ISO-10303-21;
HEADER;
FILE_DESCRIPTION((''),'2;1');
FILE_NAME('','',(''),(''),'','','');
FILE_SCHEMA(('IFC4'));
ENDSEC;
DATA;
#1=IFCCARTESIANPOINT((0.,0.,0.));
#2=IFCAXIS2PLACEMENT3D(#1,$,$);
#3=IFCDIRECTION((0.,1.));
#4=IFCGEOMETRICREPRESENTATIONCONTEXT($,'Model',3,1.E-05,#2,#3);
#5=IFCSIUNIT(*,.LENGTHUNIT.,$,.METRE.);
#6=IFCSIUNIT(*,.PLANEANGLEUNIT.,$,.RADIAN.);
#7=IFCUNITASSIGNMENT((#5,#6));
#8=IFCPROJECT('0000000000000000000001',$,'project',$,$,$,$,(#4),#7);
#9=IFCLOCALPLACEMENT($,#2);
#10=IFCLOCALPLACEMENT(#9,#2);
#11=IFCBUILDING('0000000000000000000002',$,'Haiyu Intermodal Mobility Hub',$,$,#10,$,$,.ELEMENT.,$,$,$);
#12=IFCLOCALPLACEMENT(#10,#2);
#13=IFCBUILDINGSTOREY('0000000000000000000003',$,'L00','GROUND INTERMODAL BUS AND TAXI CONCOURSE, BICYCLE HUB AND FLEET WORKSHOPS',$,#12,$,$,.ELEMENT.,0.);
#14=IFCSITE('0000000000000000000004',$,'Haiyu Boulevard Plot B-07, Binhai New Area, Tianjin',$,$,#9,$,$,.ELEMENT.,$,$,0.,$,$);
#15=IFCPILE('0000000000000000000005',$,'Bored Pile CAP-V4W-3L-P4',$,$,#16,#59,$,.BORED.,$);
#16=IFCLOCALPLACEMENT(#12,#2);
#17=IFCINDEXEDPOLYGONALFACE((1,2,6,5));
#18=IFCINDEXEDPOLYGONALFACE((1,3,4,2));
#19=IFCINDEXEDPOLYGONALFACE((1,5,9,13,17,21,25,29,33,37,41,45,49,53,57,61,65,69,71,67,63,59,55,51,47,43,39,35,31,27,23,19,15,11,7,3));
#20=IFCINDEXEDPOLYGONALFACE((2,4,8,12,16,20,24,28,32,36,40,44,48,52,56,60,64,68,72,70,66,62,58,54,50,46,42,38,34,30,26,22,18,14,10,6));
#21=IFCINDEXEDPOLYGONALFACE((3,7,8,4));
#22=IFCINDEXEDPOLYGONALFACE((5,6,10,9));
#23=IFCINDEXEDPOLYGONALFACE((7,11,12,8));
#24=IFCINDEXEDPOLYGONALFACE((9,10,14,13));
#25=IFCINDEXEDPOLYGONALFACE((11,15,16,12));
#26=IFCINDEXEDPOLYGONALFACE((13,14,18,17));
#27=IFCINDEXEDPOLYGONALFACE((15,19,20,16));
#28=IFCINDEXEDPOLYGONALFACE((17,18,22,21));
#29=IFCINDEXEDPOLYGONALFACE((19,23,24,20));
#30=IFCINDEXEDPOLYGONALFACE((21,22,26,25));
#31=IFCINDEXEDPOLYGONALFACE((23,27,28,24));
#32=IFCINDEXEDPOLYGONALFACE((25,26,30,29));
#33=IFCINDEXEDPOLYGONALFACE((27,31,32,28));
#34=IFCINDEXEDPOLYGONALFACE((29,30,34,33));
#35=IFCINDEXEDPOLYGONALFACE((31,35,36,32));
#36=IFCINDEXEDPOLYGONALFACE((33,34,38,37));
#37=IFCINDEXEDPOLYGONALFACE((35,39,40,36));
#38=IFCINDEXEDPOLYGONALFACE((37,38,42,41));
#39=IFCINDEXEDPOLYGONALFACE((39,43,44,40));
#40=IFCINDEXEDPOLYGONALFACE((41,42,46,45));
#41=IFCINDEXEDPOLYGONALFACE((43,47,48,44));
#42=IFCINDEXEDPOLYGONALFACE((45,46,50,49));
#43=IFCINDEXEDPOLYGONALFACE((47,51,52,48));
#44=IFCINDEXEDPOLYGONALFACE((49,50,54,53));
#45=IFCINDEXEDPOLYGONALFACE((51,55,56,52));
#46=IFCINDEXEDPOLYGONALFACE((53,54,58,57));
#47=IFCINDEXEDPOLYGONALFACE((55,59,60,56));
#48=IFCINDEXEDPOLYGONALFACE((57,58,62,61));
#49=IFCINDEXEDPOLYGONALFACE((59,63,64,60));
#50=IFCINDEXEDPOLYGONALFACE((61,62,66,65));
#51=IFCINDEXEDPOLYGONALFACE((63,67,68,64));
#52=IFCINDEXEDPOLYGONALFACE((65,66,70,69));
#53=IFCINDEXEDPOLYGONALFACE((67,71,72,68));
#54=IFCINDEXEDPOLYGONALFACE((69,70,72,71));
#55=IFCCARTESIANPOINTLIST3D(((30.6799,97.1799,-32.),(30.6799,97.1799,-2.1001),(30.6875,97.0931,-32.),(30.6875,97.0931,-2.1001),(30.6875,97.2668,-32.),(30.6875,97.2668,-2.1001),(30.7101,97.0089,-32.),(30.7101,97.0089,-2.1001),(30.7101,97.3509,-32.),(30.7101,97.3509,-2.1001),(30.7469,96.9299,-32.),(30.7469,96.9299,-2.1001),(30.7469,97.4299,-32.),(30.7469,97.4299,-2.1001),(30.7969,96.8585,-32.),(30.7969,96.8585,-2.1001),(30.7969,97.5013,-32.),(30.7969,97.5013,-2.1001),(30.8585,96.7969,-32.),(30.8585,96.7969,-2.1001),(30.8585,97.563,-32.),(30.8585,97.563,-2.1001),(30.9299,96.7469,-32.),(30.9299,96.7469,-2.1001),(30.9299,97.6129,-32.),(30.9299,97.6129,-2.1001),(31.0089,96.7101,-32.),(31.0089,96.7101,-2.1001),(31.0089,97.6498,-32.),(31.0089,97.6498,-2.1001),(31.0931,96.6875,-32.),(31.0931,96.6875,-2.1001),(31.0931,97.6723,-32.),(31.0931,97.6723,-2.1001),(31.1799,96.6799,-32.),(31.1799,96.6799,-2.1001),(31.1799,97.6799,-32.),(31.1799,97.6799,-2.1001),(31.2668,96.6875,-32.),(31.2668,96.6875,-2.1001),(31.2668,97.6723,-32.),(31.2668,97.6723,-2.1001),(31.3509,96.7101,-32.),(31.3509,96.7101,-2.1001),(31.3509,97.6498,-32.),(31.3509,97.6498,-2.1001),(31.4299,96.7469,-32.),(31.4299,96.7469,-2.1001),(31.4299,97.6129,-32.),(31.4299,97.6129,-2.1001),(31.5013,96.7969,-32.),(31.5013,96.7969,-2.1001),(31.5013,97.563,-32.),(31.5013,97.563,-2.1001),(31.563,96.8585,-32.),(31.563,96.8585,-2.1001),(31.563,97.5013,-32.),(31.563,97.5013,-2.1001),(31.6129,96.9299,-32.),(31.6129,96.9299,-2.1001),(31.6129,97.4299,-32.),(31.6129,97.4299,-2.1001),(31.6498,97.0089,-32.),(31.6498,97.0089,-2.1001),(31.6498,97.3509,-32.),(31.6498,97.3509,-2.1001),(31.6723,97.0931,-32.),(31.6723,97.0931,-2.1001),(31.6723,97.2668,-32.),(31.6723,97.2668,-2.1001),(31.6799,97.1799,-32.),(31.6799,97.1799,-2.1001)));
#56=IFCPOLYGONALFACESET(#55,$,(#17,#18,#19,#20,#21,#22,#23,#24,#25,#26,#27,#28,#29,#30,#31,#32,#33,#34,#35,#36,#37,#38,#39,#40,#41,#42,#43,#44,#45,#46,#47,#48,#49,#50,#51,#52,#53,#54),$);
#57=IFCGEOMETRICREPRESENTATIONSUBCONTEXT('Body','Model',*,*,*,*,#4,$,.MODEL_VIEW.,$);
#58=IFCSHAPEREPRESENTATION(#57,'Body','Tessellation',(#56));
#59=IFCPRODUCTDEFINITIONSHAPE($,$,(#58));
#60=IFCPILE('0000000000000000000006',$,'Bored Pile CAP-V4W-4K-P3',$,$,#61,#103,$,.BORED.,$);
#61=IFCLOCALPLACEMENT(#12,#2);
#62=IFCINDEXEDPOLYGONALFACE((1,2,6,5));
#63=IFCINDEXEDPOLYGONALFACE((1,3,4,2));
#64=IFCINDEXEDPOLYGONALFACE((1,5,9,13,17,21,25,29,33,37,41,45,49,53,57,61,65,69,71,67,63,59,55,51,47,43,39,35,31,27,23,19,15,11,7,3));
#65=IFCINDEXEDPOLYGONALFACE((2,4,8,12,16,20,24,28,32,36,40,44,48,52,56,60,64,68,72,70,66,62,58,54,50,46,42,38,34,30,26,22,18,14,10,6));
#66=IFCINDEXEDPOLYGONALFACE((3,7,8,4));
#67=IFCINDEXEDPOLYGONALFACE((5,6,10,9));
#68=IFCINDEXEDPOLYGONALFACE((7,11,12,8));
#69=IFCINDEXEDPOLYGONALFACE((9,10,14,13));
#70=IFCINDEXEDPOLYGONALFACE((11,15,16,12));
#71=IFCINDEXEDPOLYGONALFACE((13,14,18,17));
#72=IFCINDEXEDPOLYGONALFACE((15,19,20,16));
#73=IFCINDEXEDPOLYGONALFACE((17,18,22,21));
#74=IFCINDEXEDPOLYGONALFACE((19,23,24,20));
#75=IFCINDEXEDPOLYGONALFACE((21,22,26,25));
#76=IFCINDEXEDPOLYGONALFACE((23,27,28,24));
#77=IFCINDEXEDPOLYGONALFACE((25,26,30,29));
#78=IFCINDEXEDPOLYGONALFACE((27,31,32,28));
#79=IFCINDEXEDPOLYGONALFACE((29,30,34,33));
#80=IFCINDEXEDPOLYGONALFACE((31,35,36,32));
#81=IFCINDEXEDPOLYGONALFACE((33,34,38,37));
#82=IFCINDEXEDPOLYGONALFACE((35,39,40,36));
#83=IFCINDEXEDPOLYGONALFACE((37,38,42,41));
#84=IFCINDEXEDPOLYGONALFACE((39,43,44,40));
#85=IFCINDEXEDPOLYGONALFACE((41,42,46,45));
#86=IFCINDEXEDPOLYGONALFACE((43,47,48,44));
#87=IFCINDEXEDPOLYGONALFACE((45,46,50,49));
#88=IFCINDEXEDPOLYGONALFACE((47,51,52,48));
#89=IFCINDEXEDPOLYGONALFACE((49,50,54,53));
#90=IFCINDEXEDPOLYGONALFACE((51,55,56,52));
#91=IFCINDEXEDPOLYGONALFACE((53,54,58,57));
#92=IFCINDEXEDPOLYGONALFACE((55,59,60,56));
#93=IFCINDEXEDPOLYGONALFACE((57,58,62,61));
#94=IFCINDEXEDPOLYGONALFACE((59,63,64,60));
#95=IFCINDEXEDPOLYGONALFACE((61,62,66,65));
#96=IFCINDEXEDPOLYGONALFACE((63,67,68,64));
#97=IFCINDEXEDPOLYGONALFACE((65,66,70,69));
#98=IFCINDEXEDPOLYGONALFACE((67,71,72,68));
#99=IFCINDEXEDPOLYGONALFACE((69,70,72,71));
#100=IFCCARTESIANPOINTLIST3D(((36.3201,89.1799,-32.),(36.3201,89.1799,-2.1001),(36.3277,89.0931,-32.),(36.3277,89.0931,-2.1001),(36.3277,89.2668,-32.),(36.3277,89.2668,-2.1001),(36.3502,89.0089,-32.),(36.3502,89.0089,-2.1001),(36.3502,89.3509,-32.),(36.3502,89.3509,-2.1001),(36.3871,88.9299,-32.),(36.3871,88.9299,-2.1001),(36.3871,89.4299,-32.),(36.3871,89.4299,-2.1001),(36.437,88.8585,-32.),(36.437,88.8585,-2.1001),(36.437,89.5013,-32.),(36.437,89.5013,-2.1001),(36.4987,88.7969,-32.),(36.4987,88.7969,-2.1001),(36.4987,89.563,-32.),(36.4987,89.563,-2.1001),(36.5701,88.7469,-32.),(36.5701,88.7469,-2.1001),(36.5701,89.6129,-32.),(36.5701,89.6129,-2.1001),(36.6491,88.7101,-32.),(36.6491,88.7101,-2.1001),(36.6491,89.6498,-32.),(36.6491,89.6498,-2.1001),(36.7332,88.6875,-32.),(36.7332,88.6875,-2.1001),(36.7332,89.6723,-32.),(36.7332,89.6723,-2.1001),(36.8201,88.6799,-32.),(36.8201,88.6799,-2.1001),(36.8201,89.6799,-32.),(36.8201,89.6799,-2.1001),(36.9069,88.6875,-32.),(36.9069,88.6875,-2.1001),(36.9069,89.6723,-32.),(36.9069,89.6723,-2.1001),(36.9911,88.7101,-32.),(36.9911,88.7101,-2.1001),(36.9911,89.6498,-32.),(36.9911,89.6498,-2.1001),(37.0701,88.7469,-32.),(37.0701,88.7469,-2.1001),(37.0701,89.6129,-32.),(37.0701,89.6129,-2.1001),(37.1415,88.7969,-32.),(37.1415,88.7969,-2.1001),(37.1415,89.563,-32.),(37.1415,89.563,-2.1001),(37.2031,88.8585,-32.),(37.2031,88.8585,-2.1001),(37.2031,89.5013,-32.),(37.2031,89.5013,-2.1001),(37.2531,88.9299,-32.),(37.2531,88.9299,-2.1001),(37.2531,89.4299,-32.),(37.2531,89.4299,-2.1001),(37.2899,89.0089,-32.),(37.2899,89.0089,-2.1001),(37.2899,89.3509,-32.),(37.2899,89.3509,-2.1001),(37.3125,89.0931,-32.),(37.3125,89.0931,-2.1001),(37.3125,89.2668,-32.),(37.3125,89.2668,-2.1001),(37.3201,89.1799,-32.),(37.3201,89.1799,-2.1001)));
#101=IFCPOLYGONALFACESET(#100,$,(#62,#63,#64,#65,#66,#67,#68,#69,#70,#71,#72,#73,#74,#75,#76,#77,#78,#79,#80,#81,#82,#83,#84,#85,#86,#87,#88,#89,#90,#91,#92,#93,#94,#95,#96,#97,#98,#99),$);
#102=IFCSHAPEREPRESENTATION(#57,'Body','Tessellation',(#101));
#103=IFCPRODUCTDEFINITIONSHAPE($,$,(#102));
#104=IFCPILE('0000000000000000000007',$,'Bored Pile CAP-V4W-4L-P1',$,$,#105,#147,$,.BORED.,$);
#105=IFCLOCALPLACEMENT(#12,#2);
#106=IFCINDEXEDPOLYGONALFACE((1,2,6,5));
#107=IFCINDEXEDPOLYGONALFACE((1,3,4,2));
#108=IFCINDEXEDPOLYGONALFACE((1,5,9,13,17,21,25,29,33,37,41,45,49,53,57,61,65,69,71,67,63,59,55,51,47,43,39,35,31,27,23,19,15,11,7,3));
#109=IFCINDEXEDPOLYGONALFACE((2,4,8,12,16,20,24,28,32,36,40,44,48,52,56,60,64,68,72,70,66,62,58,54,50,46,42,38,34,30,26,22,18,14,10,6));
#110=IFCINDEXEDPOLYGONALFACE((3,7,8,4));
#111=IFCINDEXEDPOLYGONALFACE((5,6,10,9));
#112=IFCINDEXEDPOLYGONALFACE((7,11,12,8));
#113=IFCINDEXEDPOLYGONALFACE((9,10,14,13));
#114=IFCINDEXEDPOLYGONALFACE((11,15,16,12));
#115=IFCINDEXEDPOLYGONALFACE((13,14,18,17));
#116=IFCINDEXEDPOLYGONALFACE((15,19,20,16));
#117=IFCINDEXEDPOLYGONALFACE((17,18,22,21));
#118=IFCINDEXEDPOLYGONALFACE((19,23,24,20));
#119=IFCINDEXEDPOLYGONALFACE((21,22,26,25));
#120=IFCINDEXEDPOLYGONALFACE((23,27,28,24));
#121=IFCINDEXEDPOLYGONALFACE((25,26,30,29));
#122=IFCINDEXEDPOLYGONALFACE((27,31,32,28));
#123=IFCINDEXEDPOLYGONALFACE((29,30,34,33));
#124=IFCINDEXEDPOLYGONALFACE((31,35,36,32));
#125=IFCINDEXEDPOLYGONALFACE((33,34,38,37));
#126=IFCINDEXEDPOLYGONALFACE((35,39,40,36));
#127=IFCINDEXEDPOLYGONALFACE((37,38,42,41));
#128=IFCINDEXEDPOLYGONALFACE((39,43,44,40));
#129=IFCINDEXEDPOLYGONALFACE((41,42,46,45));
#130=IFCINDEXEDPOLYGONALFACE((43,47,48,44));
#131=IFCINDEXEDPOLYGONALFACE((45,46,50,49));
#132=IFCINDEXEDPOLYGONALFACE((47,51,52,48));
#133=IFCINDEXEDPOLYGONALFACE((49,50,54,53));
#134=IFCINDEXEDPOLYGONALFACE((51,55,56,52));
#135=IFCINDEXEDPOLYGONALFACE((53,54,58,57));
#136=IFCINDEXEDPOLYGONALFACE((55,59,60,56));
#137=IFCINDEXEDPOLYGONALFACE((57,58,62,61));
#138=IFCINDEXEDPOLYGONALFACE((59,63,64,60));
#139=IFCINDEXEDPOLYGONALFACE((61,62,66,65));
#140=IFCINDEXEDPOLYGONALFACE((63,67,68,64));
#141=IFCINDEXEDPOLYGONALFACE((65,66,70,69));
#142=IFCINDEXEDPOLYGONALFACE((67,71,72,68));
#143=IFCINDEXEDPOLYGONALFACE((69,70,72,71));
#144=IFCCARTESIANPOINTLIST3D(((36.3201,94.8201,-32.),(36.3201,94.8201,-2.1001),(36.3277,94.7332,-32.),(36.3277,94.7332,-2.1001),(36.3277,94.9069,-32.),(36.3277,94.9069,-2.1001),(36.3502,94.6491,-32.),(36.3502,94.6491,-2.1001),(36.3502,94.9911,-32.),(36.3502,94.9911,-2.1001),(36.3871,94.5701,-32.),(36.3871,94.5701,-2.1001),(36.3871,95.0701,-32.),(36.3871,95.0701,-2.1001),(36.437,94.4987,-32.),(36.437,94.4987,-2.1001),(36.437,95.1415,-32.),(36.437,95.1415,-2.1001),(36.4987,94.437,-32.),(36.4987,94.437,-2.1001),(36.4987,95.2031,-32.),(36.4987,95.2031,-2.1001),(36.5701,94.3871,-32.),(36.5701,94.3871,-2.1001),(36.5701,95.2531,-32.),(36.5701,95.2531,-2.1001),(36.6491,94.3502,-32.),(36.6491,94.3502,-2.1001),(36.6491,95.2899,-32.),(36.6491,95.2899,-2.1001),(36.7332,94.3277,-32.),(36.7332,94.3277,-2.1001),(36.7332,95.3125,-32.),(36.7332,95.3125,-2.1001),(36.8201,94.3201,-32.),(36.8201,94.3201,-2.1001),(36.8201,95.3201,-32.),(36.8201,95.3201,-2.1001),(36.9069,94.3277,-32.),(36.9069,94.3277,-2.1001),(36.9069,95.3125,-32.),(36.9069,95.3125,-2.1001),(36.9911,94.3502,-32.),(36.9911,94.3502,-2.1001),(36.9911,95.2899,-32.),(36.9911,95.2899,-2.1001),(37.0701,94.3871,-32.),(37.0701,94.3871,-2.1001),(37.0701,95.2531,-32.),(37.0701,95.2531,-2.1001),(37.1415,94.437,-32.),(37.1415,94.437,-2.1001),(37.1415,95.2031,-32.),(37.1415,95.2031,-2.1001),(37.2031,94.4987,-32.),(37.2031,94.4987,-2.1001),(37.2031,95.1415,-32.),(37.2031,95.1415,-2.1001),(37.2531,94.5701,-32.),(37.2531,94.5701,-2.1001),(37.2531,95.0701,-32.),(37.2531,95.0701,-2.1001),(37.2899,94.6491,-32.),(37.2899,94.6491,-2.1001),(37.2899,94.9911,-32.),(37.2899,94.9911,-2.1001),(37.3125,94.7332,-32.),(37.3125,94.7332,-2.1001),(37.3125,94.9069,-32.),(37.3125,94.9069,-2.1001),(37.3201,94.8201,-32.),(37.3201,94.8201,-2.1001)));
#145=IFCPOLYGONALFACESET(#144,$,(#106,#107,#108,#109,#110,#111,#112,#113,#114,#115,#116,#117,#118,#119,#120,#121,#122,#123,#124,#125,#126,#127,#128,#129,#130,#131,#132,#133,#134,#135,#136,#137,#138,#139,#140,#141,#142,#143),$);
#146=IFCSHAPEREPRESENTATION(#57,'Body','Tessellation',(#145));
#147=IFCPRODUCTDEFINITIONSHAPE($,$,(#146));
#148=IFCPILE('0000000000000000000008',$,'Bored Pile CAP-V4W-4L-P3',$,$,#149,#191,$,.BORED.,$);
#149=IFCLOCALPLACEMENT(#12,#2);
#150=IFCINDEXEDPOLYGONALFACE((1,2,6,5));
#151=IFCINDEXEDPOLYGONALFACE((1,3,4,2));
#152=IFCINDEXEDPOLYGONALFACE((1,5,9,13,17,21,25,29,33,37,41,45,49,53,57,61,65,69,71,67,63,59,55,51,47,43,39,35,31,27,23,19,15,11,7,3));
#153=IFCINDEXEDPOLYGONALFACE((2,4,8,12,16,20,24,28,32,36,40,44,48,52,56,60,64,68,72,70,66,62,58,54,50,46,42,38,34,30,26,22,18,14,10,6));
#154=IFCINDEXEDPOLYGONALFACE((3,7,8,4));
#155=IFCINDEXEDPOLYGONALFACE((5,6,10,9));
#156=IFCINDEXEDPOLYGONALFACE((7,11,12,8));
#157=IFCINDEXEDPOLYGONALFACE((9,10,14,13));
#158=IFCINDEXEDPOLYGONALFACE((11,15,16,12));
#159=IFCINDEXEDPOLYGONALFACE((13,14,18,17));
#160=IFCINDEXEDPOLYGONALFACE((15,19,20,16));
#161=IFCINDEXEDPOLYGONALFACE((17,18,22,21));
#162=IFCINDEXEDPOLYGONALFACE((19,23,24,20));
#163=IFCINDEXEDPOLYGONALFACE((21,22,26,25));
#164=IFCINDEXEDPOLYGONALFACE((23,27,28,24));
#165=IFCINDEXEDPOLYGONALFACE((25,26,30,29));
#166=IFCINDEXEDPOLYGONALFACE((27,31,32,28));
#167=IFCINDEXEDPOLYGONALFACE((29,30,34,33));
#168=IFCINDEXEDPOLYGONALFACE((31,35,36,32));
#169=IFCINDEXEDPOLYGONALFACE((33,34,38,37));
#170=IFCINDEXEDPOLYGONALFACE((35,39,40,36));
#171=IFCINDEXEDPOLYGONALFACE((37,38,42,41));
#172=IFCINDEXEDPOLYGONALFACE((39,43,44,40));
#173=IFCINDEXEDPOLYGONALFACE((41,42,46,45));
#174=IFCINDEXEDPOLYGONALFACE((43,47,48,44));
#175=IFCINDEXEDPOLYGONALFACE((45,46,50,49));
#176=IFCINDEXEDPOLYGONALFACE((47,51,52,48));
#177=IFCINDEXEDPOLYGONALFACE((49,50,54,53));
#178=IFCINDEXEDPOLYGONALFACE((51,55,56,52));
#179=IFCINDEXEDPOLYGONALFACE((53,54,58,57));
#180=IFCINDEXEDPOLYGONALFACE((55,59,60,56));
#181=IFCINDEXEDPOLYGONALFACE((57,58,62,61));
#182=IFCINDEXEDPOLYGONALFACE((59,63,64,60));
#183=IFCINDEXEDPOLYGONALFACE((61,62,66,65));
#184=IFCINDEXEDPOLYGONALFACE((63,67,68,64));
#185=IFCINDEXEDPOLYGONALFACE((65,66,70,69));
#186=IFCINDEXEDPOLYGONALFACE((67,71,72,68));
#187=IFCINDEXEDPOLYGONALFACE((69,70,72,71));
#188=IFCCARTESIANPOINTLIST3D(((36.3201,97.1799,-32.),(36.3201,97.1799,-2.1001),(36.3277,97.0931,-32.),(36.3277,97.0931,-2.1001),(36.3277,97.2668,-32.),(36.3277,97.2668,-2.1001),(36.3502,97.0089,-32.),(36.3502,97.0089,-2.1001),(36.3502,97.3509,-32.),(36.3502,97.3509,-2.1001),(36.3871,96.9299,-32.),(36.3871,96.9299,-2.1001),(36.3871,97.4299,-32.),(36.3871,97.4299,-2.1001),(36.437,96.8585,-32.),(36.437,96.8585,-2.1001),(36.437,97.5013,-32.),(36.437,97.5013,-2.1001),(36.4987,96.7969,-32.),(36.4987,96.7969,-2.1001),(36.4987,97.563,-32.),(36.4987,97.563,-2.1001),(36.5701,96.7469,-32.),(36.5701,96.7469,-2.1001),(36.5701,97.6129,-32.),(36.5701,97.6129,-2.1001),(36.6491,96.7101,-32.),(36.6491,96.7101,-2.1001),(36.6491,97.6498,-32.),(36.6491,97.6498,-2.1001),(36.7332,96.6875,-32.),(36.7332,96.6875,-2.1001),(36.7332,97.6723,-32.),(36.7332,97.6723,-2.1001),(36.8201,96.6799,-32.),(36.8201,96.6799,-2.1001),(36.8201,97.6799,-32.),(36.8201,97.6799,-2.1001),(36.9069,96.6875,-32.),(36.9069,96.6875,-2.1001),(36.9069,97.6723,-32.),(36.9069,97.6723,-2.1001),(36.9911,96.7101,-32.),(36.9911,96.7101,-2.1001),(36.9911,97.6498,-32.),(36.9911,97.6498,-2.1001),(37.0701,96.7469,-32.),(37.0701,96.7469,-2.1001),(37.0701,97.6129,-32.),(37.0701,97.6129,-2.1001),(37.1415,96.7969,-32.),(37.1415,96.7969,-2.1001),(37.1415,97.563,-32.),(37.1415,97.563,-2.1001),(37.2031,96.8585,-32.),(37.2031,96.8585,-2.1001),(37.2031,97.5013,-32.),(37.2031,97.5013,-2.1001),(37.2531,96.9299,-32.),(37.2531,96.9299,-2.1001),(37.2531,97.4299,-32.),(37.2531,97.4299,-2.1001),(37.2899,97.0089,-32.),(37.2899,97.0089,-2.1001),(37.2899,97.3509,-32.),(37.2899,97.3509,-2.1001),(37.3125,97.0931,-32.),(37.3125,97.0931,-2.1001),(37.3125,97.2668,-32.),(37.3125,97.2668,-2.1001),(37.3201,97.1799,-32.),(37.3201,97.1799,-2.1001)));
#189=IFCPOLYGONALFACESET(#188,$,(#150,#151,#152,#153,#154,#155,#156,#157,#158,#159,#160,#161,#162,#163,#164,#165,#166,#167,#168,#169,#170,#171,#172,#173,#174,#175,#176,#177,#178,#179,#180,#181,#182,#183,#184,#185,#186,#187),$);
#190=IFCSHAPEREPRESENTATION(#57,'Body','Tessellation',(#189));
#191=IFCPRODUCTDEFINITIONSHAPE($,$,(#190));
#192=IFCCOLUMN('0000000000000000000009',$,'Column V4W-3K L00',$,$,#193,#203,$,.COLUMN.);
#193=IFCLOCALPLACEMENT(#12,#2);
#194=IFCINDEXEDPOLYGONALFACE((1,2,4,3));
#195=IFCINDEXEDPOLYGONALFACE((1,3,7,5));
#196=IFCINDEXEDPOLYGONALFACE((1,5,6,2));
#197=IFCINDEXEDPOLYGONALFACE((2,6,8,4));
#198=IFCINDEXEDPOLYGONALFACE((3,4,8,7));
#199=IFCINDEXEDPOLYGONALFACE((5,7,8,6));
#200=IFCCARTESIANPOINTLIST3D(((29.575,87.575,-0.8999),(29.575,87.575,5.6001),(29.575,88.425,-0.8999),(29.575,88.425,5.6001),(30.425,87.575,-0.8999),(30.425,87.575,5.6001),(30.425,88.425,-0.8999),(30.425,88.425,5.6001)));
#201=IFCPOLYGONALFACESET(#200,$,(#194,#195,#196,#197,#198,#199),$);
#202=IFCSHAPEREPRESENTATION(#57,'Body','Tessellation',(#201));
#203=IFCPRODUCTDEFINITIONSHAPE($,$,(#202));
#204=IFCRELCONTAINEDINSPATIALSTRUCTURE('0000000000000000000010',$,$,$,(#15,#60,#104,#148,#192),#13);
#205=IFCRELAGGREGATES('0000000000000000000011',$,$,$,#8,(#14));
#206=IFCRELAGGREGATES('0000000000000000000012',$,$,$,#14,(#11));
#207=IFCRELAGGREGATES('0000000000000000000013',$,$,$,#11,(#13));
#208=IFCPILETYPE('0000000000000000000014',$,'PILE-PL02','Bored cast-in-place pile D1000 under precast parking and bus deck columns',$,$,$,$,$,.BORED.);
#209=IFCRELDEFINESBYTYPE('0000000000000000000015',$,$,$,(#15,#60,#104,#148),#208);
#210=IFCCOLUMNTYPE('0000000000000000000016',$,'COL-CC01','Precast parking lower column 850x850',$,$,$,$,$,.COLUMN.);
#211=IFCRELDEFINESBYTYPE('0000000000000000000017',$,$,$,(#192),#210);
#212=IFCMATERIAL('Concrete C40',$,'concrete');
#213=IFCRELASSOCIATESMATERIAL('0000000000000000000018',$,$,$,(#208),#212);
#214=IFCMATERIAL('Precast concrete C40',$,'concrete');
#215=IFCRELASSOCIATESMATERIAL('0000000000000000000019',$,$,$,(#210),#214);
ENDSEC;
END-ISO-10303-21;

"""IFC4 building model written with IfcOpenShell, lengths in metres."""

from ifc_helpers import new_model, si_unit, direction, frame, origin, origin_2d, place, context, subcontext, project, spatial, rectangle, circle, extrude, material, material_profile, profile_set, type_object, element, save


model = new_model("IFC4")

# Units and contexts
model_context = context("Model", 3, precision=1e-05, world=origin(), true_north=direction((0.0, 1.0)))
body_context = subcontext(model_context, "Body", "Model", "MODEL_VIEW")
ifc_project = project(units=[si_unit("LENGTHUNIT", "METRE"), si_unit("PLANEANGLEUNIT", "RADIAN")], contexts=[model_context])

# Site, building, storey
site_placement = place(None, origin())
site = spatial("IfcSite", under=ifc_project, at=site_placement, Name="Haiyu Boulevard Plot B-07, Binhai New Area, Tianjin", CompositionType="ELEMENT", RefElevation=0.0)
building_placement = place(site_placement, origin())
building = spatial("IfcBuilding", under=site, at=building_placement, Name="Haiyu Intermodal Mobility Hub", CompositionType="ELEMENT")
storey_placement = place(building_placement, origin())
storey = spatial("IfcBuildingStorey", under=building, at=storey_placement, Name="L00", Description="GROUND INTERMODAL BUS AND TAXI CONCOURSE, BICYCLE HUB AND FLEET WORKSHOPS", CompositionType="ELEMENT", Elevation=0.0)

# Shared definitions
ifc_material_1 = material(Name="Concrete C40", Category="concrete")

# Piles
ifc_material_profile_1 = material_profile(ifc_material_1, circle(Radius=0.5, at=origin_2d()), Name="PILE-D1000")
ifc_profile_set_1 = profile_set([ifc_material_profile_1], Name="Concrete C40")
pile_type = type_object("IfcPileType", Name="PILE-PL02", Description="Bored cast-in-place pile D1000 under precast parking and bus deck columns", PredefinedType="BORED", material=ifc_profile_set_1)
for number, where, z_axis, x_axis, name in (
    (1, (31.1799, 97.1799, -2.1001), (0.0, 0.0, -1.0), (1.0, 0.0, 0.0), "Bored Pile CAP-V4W-3L-P4"),
    (2, (36.8201, 89.1799, -2.1001), (0.0, 0.0, -1.0), (1.0, 0.0, 0.0), "Bored Pile CAP-V4W-4K-P3"),
    (3, (36.8201, 94.8201, -2.1001), (0.0, 0.0, -1.0), (1.0, 0.0, 0.0), "Bored Pile CAP-V4W-4L-P1"),
    (4, (36.8201, 97.1799, -2.1001), (0.0, 0.0, -1.0), (1.0, 0.0, 0.0), "Bored Pile CAP-V4W-4L-P3"),
):
    element("IfcPile", number, at=place(storey_placement, frame(where, z_axis=z_axis, x_axis=x_axis)), inside=storey, type_object=pile_type, Name=name, PredefinedType="BORED", context=body_context, shape_type="SweptSolid", body=[
        extrude(circle(Radius=0.5, at=origin_2d()), origin(), (0.0, 0.0, 1.0), 29.8999),
    ])

# Column
ifc_material_2 = material(Name="Precast concrete C40", Category="concrete")
ifc_material_profile_2 = material_profile(ifc_material_2, rectangle(XDim=0.8501, YDim=0.8501, at=origin_2d()), Name="RC850x850")
ifc_profile_set_2 = profile_set([ifc_material_profile_2], Name="Precast concrete C40")
column_type = type_object("IfcColumnType", Name="COL-CC01", Description="Precast parking lower column 850x850", PredefinedType="COLUMN", material=ifc_profile_set_2)
for number, where, z_axis, x_axis, name in (
    (5, (30.0, 88.0, -0.8999), (0.0, 0.0, 1.0), (1.0, 0.0, 0.0), "Column V4W-3K L00"),
):
    element("IfcColumn", number, at=place(storey_placement, frame(where, z_axis=z_axis, x_axis=x_axis)), inside=storey, type_object=column_type, Name=name, PredefinedType="COLUMN", context=body_context, shape_type="SweptSolid", body=[
        extrude(rectangle(XDim=0.8501, YDim=0.8501, at=origin_2d()), origin(), (0.0, 0.0, 1.0), 6.5),
    ])

save(model, "model.ifc")
